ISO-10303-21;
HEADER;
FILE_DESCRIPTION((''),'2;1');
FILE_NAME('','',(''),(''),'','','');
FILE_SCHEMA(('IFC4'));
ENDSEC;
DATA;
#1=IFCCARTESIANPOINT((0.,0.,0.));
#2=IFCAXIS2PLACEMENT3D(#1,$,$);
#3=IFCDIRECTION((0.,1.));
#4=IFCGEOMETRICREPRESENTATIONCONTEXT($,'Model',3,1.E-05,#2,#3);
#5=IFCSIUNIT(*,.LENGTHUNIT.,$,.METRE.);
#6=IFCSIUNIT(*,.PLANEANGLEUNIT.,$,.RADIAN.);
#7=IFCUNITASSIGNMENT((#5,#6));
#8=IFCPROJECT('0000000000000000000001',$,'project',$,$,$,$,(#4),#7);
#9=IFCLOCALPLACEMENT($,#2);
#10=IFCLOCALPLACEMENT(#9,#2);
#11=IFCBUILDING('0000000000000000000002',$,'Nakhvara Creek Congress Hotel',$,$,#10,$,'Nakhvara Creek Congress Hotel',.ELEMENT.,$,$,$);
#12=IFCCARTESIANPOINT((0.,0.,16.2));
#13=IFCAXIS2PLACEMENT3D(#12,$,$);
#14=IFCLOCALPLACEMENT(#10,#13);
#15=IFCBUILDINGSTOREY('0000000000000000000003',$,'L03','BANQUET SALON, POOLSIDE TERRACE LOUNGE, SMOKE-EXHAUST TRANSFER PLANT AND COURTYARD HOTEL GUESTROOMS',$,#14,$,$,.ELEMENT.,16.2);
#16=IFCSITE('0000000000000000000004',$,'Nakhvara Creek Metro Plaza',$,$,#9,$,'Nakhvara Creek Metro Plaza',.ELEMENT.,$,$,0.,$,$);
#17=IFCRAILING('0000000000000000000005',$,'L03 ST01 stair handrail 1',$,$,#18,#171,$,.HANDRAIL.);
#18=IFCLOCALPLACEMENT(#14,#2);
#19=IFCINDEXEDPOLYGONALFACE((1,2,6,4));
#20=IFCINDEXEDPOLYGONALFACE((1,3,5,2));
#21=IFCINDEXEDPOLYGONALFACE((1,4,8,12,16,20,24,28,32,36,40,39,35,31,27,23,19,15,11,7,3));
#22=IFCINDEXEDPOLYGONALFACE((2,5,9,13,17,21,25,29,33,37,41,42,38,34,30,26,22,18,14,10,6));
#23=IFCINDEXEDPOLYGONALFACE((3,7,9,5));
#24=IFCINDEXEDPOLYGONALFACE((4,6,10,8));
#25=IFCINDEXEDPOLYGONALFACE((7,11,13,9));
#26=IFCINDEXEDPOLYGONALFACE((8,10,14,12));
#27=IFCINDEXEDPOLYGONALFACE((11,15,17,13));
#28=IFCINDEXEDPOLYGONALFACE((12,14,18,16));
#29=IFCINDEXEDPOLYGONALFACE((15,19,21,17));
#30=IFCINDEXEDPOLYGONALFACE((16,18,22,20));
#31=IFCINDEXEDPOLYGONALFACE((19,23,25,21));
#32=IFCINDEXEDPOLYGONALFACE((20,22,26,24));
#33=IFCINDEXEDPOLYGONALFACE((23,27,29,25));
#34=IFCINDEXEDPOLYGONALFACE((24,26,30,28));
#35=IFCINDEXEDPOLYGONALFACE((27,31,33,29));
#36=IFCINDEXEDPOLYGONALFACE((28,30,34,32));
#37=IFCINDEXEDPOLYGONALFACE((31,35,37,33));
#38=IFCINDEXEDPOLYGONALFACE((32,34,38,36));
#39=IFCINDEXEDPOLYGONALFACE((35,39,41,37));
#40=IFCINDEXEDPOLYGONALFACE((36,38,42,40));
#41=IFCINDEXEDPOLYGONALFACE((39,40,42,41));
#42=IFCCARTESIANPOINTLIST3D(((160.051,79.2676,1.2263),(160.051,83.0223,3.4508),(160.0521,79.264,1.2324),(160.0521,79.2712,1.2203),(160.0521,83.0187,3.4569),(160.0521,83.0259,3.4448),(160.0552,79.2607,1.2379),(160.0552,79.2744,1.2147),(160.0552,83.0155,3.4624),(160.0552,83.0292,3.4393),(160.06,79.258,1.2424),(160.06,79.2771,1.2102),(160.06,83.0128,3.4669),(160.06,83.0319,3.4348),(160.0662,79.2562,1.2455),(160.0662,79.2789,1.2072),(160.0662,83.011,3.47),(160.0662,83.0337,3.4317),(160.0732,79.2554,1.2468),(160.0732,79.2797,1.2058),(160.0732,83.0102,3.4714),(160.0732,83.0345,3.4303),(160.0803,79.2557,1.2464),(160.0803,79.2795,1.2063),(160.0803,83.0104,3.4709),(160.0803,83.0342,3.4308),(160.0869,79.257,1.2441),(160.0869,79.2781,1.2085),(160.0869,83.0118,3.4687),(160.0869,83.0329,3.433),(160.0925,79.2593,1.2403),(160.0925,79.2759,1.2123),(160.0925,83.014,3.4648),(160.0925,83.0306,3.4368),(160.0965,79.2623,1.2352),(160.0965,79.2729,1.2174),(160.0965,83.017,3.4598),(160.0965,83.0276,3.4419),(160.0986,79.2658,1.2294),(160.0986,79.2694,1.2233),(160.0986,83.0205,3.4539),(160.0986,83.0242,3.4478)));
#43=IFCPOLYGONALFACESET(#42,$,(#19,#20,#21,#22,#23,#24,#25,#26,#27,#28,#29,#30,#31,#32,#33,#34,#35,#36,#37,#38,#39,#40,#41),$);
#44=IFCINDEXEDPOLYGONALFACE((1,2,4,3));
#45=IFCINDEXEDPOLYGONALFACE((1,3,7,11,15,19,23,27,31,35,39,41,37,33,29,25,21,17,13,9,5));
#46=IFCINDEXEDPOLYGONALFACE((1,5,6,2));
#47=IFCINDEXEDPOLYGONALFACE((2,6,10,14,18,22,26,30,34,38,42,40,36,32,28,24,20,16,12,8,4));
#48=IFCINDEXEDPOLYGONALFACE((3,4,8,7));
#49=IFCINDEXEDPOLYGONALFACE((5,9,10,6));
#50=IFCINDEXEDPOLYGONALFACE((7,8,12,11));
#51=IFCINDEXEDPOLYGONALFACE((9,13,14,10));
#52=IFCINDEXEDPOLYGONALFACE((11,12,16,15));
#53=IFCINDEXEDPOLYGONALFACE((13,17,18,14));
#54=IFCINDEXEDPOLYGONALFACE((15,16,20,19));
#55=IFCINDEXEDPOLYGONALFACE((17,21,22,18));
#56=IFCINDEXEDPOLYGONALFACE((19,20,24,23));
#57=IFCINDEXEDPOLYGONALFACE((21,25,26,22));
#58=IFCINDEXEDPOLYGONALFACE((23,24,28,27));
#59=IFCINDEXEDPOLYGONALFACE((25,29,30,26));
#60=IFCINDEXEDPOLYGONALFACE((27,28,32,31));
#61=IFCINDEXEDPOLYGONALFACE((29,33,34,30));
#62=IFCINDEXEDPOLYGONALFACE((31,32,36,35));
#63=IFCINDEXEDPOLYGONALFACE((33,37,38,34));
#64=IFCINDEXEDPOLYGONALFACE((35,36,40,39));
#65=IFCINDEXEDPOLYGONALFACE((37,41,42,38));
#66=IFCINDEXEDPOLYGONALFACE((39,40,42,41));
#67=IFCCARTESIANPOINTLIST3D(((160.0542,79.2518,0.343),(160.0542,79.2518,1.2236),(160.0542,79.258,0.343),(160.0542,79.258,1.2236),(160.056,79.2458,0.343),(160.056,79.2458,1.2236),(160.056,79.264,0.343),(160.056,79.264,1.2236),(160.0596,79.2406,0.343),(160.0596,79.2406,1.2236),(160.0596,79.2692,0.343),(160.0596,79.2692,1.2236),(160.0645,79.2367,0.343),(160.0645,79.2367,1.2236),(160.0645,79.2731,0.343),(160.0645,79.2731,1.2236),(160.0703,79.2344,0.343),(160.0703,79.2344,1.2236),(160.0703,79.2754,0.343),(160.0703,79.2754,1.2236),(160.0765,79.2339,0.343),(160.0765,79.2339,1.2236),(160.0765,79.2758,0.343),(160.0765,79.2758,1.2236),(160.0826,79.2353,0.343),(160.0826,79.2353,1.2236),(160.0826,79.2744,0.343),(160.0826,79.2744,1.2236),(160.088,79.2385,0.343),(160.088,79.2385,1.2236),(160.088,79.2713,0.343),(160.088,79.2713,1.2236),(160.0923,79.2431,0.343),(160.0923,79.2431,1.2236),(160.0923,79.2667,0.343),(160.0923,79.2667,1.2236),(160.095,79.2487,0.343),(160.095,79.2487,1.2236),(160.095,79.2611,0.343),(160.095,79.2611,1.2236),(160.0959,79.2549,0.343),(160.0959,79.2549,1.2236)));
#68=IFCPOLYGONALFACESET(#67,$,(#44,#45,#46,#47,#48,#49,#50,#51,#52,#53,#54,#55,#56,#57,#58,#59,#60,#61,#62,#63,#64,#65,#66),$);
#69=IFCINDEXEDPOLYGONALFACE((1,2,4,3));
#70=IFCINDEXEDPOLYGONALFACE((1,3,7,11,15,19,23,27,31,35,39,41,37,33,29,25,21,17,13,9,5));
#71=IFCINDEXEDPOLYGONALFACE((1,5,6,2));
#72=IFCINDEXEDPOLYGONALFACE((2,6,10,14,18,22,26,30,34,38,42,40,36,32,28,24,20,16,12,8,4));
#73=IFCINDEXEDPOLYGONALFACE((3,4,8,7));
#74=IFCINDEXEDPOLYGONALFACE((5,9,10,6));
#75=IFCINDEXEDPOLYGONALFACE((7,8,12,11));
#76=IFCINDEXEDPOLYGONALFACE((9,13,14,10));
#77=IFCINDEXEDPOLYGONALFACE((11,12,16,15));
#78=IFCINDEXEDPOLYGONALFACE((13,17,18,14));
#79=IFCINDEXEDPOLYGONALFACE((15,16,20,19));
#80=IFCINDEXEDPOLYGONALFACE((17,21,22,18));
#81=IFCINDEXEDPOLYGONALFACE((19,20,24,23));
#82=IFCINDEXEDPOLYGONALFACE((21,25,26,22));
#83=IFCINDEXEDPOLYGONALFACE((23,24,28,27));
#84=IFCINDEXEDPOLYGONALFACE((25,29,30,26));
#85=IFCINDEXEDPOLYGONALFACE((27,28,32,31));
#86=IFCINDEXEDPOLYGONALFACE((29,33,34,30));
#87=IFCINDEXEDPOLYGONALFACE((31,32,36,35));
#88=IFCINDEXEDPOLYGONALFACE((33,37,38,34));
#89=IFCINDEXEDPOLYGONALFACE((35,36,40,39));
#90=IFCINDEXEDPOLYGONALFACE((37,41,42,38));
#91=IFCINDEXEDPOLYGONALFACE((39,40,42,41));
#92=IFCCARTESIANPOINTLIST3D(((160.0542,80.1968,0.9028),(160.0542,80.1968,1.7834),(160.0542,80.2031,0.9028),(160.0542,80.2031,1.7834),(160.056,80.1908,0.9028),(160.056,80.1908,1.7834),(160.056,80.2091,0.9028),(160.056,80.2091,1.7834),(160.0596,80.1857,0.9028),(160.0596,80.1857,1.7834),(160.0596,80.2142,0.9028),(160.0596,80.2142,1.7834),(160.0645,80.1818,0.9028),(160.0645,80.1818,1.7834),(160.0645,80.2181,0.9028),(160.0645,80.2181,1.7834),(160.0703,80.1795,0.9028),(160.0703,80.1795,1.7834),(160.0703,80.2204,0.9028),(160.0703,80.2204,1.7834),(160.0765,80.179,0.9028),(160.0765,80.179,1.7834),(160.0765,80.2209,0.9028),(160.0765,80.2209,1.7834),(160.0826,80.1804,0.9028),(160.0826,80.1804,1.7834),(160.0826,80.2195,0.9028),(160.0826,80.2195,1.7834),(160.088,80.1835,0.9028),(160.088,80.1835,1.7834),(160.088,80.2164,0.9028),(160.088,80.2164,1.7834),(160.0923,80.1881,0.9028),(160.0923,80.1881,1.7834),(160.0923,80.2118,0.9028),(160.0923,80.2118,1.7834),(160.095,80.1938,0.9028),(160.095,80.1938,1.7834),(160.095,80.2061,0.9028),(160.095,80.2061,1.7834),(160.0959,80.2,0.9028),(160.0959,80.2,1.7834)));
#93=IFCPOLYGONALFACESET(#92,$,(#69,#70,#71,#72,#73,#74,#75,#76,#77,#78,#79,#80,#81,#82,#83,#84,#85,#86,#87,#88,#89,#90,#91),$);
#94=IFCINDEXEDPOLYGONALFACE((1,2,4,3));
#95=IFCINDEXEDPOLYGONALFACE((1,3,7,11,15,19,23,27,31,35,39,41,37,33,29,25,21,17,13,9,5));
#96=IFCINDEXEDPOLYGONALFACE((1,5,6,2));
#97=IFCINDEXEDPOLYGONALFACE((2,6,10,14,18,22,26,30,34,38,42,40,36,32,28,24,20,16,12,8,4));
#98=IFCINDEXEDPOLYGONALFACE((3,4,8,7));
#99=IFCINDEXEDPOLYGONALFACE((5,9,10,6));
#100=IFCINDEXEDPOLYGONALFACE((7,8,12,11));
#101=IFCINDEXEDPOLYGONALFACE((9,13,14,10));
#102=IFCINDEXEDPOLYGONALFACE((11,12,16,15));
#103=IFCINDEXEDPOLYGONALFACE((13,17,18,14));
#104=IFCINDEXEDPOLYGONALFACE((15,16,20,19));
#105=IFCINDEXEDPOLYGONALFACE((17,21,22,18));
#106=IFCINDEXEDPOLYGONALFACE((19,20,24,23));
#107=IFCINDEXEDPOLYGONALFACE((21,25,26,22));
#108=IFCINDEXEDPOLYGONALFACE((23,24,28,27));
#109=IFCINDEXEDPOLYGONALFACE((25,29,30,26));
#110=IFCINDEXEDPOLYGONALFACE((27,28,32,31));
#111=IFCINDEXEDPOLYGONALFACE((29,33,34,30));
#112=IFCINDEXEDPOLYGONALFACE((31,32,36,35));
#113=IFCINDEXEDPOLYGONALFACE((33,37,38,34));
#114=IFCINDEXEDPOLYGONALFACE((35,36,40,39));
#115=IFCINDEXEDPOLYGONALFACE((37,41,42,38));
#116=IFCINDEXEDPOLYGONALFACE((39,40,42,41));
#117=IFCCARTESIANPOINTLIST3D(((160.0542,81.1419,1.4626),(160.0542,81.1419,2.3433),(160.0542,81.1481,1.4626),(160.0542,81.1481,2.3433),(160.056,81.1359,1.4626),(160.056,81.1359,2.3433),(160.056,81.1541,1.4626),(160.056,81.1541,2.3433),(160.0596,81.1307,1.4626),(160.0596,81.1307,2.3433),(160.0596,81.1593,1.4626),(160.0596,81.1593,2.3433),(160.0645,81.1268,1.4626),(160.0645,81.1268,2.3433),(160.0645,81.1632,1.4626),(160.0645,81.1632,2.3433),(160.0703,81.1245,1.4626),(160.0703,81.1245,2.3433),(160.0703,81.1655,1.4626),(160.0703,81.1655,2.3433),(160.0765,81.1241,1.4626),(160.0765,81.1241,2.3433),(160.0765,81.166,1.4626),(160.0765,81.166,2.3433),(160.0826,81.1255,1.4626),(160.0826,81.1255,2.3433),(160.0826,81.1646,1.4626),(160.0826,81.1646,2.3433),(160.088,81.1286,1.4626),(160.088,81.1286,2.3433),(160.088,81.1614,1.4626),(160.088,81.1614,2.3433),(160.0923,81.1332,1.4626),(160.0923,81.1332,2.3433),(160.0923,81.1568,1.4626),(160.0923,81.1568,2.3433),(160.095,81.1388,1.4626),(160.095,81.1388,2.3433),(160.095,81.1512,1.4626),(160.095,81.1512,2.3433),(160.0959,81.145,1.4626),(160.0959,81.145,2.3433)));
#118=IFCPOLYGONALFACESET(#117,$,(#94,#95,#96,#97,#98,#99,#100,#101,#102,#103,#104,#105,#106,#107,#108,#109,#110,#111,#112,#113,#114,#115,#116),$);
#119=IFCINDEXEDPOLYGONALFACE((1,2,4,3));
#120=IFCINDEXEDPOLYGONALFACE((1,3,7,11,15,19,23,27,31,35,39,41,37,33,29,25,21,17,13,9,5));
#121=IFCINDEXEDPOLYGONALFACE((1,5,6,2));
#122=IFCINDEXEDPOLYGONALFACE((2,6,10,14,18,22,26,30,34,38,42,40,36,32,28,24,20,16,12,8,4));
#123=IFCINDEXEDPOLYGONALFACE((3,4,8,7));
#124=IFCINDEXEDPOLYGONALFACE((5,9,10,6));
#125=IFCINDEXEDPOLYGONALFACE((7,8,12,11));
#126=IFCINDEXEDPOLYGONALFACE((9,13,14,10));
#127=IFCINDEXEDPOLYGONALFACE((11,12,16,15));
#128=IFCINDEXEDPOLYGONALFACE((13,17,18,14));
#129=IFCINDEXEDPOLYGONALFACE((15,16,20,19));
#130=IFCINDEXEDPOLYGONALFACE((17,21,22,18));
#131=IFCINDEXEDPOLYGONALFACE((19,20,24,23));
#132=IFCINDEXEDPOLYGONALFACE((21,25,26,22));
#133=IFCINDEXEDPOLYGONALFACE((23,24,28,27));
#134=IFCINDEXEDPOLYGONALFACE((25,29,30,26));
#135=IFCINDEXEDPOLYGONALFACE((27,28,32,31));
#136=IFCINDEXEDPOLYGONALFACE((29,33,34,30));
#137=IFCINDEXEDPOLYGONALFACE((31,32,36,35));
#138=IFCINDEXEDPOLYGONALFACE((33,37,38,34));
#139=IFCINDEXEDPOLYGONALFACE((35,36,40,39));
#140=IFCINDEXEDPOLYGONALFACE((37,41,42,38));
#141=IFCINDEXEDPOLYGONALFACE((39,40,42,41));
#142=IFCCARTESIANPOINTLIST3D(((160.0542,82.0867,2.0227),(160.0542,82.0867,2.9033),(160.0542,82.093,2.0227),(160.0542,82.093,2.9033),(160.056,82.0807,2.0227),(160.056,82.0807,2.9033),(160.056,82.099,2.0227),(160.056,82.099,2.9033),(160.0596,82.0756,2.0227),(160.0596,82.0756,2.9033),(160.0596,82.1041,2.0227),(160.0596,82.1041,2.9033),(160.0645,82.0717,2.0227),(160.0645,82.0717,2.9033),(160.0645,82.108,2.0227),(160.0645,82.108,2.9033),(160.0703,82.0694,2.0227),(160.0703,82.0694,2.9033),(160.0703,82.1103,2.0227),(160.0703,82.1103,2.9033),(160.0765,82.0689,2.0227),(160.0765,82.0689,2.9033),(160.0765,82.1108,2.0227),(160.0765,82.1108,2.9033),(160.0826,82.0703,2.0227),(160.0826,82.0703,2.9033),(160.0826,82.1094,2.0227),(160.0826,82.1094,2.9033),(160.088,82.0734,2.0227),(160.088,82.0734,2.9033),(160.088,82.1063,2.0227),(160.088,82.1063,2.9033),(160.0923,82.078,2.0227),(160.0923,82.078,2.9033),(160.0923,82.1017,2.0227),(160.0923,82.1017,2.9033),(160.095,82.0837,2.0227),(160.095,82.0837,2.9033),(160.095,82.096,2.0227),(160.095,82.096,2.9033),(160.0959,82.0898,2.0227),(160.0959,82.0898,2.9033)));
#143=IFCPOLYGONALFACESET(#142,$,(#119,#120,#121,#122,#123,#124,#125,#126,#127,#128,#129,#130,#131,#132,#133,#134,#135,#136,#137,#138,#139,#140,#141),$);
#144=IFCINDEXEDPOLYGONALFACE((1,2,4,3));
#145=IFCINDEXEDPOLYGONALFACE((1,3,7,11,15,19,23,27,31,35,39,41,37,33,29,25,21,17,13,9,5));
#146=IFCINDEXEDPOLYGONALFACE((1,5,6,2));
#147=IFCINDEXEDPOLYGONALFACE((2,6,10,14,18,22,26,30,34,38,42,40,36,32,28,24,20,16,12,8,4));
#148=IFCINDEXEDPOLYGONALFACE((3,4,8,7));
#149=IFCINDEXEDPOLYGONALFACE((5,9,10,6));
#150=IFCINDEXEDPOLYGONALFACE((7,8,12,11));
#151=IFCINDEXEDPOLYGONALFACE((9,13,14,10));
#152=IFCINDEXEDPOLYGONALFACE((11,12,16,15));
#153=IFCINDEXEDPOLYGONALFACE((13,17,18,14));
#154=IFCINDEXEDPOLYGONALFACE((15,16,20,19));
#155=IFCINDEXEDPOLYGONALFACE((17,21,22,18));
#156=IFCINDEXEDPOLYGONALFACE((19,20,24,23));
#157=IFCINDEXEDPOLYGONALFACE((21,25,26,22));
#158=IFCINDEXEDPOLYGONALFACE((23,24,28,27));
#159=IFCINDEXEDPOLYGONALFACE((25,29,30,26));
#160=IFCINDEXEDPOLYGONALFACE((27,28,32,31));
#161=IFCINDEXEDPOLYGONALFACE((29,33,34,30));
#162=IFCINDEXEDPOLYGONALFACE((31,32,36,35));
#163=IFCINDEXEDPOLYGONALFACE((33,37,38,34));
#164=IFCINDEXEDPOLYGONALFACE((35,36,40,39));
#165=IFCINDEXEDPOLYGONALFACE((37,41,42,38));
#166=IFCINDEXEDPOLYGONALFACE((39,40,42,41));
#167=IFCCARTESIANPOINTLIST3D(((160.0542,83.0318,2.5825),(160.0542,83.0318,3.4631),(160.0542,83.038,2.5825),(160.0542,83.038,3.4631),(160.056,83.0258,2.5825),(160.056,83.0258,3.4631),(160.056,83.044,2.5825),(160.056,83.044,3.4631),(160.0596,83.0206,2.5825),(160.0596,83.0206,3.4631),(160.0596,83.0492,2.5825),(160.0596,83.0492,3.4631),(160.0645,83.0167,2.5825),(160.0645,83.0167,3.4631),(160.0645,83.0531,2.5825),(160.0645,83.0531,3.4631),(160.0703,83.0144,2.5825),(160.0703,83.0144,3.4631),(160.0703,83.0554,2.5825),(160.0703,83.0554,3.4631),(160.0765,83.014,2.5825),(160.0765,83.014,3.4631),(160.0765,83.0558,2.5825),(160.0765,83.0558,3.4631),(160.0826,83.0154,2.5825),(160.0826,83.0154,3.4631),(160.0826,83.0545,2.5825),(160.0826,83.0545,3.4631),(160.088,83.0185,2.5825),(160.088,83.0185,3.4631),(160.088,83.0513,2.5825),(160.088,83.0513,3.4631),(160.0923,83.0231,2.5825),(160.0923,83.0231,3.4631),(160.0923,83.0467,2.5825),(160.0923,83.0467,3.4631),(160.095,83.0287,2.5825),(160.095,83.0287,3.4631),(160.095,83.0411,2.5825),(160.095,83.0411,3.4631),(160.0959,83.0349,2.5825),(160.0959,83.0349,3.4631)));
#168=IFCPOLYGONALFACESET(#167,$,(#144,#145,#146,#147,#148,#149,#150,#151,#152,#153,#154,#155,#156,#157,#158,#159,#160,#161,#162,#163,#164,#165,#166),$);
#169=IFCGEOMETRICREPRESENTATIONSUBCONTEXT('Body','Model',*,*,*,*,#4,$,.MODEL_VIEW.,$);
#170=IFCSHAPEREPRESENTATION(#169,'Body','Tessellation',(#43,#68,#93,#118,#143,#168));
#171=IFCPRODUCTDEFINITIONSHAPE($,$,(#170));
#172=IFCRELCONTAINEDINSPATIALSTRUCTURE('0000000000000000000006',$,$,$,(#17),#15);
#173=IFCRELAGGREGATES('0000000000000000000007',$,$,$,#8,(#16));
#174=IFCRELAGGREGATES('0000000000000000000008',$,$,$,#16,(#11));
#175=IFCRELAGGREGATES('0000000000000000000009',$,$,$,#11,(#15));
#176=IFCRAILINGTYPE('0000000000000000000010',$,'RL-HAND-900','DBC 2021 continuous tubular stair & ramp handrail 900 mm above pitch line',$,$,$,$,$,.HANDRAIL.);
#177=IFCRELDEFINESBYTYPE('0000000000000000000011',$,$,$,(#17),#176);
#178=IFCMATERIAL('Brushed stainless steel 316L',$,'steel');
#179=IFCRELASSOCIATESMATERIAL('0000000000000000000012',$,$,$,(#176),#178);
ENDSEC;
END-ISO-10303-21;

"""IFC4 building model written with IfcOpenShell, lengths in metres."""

from ifc_helpers import new_model, si_unit, direction, frame, origin, origin_2d, place, context, subcontext, project, spatial, circle, extrude, material, type_object, element, save


model = new_model("IFC4")

# Units and contexts
model_context = context("Model", 3, precision=1e-05, world=origin(), true_north=direction((0.0, 1.0)))
body_context = subcontext(model_context, "Body", "Model", "MODEL_VIEW")
ifc_project = project(units=[si_unit("LENGTHUNIT", "METRE"), si_unit("PLANEANGLEUNIT", "RADIAN")], contexts=[model_context])

# Site, building, storey
site_placement = place(None, origin())
site = spatial("IfcSite", under=ifc_project, at=site_placement, Name="Nakhvara Creek Metro Plaza", LongName="Nakhvara Creek Metro Plaza", CompositionType="ELEMENT", RefElevation=0.0)
building_placement = place(site_placement, origin())
building = spatial("IfcBuilding", under=site, at=building_placement, Name="Nakhvara Creek Congress Hotel", LongName="Nakhvara Creek Congress Hotel", CompositionType="ELEMENT")
storey_placement = place(building_placement, frame((0.0, 0.0, 16.2)))
storey = spatial("IfcBuildingStorey", under=building, at=storey_placement, Name="L03", Description="BANQUET SALON, POOLSIDE TERRACE LOUNGE, SMOKE-EXHAUST TRANSFER PLANT AND COURTYARD HOTEL GUESTROOMS", CompositionType="ELEMENT", Elevation=16.2)

# Railing
ifc_material_1 = material(Name="Brushed stainless steel 316L", Category="steel")
railing_type = type_object("IfcRailingType", Name="RL-HAND-900", Description="DBC 2021 continuous tubular stair & ramp handrail 900 mm above pitch line", PredefinedType="HANDRAIL", material=ifc_material_1)
railing_placement = place(storey_placement, frame((160.075, 79.2549, 0.343)))
element("IfcRailing", 1, at=railing_placement, inside=storey, type_object=railing_type, Name="L03 ST01 stair handrail 1", PredefinedType="HANDRAIL", context=body_context, shape_type="SweptSolid", body=[
    extrude(circle(Radius=0.0239, at=origin_2d()), frame((0.0, 0.0127, 0.8833), z_axis=(0.0, 0.860343, 0.509716), x_axis=(-1.0, 0.0, 0.0)), (0.0, 0.0, 1.0), 4.3643),
    extrude(circle(Radius=0.021, at=origin_2d()), origin(), (0.0, 0.0, 1.0), 0.8806),
    extrude(circle(Radius=0.021, at=origin_2d()), frame((0.0, 0.9451, 0.5598)), (0.0, 0.0, 1.0), 0.8806),
    extrude(circle(Radius=0.021, at=origin_2d()), frame((0.0, 1.8901, 1.1196)), (0.0, 0.0, 1.0), 0.8806),
    extrude(circle(Radius=0.021, at=origin_2d()), frame((0.0, 2.835, 1.6797)), (0.0, 0.0, 1.0), 0.8806),
    extrude(circle(Radius=0.021, at=origin_2d()), frame((0.0, 3.78, 2.2395)), (0.0, 0.0, 1.0), 0.8806),
])

save(model, "model.ifc")
